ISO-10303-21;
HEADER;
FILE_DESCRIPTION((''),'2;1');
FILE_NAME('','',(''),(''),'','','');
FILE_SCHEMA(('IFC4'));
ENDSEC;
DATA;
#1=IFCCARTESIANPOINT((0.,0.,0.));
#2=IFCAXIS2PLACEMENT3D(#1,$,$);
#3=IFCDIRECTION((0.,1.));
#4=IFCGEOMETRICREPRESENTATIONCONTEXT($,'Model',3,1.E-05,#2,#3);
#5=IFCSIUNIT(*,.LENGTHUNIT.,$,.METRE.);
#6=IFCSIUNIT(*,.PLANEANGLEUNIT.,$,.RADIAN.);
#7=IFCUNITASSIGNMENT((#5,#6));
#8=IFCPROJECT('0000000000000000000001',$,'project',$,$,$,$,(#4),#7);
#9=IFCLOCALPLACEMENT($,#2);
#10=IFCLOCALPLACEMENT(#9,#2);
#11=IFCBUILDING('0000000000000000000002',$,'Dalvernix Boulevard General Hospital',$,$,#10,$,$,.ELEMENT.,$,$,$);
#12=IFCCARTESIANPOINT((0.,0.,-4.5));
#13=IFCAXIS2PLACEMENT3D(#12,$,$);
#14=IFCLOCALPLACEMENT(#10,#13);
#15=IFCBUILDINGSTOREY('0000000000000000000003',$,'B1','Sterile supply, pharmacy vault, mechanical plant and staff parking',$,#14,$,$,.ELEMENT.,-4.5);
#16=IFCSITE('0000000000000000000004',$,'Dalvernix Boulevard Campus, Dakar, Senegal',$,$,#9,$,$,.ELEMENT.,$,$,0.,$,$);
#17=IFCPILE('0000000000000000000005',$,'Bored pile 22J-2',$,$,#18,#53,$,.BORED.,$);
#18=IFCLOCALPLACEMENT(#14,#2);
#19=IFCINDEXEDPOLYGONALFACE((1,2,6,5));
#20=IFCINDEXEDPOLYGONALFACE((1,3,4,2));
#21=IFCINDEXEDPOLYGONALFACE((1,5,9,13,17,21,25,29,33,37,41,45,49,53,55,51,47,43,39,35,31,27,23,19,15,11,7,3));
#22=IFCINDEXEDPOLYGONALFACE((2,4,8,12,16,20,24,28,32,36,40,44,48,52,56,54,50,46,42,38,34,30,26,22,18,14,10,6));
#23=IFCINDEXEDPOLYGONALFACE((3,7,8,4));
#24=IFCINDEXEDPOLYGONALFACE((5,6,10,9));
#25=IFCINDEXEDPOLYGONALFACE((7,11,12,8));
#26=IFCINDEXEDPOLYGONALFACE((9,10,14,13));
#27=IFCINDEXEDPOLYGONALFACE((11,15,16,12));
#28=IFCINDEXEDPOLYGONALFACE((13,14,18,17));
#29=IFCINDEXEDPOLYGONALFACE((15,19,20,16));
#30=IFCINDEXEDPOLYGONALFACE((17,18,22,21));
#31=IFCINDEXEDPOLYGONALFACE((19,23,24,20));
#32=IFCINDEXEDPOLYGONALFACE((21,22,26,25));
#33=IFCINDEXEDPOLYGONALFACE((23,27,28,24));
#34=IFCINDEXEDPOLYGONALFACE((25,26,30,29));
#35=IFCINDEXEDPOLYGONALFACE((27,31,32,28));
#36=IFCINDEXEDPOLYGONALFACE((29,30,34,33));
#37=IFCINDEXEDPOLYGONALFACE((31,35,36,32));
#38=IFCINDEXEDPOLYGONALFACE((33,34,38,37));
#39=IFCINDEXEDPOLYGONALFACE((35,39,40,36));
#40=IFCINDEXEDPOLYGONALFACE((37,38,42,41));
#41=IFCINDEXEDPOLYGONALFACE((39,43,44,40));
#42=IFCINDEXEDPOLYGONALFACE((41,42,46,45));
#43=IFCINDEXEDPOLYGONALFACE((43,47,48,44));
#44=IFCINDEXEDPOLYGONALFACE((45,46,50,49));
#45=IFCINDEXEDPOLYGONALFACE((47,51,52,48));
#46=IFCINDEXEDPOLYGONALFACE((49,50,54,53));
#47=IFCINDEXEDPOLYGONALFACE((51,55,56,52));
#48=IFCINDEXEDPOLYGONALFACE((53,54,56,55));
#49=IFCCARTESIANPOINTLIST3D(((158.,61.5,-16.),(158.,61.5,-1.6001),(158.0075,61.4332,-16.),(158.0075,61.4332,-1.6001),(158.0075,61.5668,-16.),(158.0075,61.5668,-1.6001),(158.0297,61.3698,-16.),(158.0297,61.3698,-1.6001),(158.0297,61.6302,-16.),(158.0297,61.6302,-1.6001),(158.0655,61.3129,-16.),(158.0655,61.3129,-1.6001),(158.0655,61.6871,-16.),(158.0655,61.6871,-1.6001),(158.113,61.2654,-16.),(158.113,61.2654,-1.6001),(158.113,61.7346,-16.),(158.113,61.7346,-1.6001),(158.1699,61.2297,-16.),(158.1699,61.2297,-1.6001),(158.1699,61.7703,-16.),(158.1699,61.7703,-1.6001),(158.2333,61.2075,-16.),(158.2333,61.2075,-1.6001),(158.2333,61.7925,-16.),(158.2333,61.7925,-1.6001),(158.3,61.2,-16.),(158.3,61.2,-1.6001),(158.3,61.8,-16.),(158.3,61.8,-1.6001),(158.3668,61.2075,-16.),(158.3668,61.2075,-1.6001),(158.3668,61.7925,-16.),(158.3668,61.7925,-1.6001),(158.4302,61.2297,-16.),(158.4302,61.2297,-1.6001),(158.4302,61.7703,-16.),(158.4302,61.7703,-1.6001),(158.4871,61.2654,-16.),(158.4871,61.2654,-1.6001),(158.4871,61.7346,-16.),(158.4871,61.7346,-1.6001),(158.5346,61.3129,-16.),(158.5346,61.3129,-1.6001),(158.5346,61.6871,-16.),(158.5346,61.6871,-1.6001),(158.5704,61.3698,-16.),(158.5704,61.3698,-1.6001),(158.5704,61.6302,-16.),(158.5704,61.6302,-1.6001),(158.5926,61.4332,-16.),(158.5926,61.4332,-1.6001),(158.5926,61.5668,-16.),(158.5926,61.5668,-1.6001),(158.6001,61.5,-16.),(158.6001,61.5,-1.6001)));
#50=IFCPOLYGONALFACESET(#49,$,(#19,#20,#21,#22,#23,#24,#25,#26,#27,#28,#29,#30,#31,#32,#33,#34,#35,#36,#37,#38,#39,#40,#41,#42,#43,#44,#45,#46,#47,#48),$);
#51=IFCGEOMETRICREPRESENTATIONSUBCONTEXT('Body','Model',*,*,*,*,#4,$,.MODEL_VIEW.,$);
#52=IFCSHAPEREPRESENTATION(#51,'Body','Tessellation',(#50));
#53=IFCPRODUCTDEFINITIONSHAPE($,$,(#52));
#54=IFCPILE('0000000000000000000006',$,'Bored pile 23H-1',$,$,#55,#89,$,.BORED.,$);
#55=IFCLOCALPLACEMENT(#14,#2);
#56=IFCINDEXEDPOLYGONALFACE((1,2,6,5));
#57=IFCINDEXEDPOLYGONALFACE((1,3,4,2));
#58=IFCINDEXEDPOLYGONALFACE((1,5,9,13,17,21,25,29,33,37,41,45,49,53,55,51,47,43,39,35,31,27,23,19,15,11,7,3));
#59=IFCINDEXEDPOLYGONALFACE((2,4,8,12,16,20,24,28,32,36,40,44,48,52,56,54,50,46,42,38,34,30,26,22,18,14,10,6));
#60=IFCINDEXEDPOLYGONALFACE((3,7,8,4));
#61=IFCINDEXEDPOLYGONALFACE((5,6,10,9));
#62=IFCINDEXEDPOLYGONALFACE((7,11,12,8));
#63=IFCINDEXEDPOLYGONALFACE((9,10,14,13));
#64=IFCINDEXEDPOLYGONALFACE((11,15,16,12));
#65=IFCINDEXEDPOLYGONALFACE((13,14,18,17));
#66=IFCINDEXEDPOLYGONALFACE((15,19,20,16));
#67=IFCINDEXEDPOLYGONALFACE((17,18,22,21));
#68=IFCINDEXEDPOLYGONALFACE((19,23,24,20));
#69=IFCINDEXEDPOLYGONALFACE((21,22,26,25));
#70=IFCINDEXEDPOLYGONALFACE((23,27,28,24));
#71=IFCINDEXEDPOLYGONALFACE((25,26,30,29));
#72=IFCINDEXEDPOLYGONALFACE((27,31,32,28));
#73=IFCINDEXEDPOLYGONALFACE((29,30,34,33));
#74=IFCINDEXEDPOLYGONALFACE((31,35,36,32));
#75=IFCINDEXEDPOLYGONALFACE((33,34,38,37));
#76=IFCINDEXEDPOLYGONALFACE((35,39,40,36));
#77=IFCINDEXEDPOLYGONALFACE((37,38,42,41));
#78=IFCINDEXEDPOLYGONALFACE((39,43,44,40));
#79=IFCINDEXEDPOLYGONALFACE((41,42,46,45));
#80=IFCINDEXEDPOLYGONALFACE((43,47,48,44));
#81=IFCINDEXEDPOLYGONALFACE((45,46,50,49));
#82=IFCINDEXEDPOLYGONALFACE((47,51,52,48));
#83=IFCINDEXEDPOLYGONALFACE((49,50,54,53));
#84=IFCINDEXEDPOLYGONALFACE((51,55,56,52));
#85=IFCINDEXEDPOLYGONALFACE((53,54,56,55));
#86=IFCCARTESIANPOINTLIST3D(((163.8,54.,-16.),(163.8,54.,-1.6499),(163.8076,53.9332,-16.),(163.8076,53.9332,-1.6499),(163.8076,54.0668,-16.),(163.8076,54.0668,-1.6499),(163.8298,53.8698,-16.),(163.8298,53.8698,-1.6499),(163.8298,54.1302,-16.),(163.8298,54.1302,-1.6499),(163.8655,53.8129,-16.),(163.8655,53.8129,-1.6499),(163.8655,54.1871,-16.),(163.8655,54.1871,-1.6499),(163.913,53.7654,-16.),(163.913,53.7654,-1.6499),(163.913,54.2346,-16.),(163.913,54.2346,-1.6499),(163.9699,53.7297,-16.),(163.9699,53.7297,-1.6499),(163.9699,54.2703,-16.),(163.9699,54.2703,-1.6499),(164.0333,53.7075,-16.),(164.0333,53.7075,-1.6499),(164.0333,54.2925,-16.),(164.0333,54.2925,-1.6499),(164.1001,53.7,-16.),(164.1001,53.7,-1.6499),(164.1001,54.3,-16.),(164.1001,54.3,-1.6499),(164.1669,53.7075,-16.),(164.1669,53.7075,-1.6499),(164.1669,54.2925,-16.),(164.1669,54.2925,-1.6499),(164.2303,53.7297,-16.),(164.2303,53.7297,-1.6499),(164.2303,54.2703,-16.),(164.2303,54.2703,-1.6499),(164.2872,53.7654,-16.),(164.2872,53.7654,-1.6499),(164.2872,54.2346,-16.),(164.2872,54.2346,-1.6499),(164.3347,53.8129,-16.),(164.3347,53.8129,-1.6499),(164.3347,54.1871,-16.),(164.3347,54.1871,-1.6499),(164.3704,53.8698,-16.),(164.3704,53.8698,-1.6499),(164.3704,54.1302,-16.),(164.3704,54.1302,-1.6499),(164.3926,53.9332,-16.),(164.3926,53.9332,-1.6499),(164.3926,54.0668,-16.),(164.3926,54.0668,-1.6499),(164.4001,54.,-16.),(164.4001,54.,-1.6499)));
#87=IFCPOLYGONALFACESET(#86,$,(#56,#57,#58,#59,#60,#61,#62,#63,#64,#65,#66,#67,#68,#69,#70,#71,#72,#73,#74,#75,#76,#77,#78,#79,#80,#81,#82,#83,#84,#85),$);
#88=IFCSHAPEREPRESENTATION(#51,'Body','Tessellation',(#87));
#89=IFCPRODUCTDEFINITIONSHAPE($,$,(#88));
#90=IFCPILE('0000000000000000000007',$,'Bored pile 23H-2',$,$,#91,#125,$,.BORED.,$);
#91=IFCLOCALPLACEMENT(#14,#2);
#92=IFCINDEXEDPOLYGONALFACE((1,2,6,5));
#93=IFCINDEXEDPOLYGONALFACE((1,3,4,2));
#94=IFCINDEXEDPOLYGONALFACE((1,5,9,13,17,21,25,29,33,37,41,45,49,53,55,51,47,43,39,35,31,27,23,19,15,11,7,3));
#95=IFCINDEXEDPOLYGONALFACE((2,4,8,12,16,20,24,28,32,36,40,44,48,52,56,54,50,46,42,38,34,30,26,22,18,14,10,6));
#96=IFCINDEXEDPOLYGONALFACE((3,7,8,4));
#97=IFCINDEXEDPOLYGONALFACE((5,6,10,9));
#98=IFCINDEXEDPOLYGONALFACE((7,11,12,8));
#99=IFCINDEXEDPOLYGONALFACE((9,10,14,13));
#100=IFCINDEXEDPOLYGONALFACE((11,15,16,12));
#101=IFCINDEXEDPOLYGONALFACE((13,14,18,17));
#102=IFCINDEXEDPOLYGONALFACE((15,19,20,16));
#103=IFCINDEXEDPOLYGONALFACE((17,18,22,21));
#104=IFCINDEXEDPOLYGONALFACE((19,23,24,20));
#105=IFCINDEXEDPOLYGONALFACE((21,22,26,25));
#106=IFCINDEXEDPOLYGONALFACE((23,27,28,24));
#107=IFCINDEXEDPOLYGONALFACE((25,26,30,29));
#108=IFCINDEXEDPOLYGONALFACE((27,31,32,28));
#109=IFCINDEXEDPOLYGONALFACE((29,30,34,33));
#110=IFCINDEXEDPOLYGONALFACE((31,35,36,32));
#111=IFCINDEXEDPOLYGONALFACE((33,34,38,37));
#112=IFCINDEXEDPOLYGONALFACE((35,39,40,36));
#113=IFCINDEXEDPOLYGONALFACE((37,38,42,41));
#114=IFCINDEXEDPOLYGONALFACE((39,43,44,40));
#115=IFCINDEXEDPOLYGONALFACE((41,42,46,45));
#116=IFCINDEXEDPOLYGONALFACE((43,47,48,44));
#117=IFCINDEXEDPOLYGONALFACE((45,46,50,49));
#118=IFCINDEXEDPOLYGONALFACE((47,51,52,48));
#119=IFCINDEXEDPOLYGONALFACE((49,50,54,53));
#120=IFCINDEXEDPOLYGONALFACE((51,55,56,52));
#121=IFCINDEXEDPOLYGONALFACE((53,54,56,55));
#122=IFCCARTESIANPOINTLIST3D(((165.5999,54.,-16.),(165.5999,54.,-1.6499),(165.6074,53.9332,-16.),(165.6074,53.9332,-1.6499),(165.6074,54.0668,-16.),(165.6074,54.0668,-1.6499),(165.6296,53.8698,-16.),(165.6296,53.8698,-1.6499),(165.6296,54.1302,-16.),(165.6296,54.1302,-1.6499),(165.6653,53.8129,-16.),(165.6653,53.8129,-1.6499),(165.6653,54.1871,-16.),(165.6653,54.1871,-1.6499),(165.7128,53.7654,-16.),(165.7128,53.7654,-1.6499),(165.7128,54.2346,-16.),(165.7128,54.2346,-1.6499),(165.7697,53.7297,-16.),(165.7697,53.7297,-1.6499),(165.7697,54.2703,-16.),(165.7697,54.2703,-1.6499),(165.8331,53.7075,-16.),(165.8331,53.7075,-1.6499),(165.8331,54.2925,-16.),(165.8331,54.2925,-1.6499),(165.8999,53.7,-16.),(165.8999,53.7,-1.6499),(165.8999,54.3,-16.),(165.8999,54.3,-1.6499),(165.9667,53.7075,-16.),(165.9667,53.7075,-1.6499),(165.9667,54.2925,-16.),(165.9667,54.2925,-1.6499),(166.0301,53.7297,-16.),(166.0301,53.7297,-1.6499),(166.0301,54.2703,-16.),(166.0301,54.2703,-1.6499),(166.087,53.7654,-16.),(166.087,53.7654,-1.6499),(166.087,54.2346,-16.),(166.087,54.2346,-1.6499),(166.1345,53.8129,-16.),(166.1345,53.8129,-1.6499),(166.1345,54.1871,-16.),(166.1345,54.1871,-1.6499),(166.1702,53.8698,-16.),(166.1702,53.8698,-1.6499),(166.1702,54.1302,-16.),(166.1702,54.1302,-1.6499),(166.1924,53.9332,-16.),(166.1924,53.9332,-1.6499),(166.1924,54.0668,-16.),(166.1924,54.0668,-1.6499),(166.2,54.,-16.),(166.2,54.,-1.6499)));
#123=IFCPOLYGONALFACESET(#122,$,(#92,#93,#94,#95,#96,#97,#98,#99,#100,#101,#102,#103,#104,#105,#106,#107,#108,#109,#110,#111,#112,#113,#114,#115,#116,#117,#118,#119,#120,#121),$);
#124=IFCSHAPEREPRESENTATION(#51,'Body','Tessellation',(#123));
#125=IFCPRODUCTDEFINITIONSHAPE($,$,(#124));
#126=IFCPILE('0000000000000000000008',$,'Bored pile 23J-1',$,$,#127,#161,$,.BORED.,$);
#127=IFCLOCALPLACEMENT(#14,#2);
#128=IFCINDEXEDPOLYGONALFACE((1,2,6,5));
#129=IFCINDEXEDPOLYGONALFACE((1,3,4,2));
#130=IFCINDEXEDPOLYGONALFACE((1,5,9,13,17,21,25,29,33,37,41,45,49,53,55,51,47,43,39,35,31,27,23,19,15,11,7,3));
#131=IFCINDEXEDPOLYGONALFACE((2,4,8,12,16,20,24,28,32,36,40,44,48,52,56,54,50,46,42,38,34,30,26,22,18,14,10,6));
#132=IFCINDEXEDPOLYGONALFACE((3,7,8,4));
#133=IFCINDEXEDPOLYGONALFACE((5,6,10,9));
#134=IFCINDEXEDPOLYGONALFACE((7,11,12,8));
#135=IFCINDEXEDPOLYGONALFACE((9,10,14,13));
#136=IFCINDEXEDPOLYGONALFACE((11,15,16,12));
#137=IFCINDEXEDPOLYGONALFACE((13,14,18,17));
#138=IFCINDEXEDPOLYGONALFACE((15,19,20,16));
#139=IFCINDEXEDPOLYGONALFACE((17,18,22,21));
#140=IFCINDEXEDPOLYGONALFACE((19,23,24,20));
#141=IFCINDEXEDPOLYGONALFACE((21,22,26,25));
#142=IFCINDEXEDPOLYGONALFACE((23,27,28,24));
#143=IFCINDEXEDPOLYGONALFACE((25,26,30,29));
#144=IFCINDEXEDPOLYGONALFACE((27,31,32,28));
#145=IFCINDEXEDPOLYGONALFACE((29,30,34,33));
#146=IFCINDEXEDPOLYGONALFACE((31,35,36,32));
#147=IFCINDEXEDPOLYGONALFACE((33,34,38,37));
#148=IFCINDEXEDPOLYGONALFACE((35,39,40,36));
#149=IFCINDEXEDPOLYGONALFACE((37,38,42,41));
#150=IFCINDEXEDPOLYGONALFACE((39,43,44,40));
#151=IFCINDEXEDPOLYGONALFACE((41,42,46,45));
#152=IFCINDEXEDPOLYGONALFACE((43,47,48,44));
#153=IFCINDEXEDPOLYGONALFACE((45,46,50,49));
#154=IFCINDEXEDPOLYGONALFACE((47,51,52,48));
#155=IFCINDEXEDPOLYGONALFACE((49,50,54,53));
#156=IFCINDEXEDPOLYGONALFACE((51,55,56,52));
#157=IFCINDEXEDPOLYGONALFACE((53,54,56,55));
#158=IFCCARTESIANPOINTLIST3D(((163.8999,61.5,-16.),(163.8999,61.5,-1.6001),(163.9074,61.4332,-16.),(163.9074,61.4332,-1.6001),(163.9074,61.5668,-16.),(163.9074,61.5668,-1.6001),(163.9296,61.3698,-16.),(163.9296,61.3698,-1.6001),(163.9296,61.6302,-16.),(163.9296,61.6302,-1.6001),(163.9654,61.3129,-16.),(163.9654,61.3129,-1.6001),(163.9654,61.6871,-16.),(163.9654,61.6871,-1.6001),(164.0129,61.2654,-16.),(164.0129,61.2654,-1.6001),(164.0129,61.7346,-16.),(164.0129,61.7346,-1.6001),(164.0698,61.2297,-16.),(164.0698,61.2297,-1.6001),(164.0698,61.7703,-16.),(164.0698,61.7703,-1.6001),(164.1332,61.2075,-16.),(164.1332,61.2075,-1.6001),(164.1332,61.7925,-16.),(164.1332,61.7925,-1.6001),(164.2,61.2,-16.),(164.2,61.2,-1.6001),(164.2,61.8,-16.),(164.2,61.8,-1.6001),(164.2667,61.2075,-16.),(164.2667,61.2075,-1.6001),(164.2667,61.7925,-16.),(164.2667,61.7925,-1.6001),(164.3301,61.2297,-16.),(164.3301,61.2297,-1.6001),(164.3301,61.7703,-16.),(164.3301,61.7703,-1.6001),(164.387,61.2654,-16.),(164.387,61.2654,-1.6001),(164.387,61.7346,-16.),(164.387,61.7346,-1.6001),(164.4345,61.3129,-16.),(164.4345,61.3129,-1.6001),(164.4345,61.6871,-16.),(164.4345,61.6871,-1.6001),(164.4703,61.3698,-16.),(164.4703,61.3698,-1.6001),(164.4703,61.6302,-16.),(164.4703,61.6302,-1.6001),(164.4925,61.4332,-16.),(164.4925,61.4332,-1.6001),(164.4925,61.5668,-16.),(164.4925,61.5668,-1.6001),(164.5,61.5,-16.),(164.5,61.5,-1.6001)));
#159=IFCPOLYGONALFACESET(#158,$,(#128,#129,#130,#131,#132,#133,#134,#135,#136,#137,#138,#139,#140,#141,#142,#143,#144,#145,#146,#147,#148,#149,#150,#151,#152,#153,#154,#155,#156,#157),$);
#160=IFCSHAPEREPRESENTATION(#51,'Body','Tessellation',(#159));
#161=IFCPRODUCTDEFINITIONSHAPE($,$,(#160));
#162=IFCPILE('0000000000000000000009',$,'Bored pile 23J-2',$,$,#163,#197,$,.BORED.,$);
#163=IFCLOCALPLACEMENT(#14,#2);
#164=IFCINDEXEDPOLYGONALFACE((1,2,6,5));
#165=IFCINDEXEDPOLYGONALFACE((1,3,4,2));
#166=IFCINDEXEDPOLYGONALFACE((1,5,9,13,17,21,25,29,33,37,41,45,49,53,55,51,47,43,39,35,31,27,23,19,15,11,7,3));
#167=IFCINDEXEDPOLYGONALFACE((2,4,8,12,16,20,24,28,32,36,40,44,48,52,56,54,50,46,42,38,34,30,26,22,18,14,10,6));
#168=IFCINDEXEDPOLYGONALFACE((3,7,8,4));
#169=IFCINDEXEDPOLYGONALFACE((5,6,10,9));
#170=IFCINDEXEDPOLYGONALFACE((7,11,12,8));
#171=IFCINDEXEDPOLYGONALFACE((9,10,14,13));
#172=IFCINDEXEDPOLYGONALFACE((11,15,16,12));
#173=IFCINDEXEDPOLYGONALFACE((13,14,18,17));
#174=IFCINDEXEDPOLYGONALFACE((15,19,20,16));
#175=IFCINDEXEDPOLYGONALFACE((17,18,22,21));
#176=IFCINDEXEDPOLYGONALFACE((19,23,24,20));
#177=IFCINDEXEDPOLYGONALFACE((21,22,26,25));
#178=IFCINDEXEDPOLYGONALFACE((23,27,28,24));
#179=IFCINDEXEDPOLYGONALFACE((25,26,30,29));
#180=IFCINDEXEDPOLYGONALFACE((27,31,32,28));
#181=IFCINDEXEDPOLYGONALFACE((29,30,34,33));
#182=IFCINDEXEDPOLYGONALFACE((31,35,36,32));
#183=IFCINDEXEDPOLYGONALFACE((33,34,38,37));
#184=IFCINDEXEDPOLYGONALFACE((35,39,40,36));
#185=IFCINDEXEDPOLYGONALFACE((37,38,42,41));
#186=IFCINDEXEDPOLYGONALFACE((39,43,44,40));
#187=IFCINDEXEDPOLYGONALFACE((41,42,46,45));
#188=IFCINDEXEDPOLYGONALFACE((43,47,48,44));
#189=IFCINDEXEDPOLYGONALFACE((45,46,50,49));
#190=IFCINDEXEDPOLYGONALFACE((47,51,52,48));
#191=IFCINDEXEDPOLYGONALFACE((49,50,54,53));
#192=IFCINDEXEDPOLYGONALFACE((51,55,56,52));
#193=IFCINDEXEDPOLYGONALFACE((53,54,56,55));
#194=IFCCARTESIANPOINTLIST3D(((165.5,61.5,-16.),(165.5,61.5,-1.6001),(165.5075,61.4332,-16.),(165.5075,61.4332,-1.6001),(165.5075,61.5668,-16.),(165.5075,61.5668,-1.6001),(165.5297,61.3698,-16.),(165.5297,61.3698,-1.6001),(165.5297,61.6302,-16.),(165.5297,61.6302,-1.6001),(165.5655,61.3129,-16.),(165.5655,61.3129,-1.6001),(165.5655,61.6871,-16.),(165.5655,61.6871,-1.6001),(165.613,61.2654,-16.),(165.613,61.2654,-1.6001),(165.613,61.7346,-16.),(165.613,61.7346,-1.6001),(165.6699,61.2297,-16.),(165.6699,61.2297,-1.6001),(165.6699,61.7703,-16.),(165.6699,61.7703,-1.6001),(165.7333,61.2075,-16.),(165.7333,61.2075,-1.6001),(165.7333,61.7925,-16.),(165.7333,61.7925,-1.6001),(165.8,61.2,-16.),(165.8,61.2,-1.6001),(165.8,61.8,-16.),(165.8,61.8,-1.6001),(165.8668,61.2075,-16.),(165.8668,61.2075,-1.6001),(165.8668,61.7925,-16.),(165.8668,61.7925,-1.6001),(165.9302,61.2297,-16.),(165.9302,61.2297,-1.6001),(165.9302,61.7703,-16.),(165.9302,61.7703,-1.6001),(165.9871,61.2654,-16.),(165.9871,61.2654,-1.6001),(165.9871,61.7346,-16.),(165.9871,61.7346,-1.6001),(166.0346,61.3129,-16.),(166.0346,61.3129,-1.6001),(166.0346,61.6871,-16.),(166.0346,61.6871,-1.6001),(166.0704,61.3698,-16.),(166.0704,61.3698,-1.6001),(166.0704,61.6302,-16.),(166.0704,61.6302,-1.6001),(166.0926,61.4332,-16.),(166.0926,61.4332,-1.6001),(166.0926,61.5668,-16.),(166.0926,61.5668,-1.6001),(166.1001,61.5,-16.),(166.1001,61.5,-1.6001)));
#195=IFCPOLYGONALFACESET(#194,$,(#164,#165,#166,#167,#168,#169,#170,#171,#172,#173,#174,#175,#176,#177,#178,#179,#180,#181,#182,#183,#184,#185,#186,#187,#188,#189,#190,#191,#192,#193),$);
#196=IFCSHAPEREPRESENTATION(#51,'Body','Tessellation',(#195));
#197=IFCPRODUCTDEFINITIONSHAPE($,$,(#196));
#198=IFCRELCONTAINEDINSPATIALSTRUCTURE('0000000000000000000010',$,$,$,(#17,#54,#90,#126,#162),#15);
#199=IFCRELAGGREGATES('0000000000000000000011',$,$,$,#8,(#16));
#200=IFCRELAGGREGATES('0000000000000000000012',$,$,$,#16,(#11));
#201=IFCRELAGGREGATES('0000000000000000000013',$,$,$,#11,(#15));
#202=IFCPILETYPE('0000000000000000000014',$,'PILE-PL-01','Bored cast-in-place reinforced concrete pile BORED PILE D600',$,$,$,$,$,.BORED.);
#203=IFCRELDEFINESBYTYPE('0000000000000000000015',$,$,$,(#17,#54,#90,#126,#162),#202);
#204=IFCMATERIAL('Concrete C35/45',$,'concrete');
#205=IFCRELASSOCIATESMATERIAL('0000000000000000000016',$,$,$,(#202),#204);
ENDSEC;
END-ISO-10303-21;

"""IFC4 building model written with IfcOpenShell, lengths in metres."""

from ifc_helpers import new_model, si_unit, direction, frame, origin, origin_2d, place, context, subcontext, project, spatial, circle, extrude, material, material_profile, profile_set, type_object, element, save


model = new_model("IFC4")

# Units and contexts
model_context = context("Model", 3, precision=1e-05, world=origin(), true_north=direction((0.0, 1.0)))
body_context = subcontext(model_context, "Body", "Model", "MODEL_VIEW")
ifc_project = project(units=[si_unit("LENGTHUNIT", "METRE"), si_unit("PLANEANGLEUNIT", "RADIAN")], contexts=[model_context])

# Site, building, storey
site_placement = place(None, origin())
site = spatial("IfcSite", under=ifc_project, at=site_placement, Name="Dalvernix Boulevard Campus, Dakar, Senegal", CompositionType="ELEMENT", RefElevation=0.0)
building_placement = place(site_placement, origin())
building = spatial("IfcBuilding", under=site, at=building_placement, Name="Dalvernix Boulevard General Hospital", CompositionType="ELEMENT")
storey_placement = place(building_placement, frame((0.0, 0.0, -4.5)))
storey = spatial("IfcBuildingStorey", under=building, at=storey_placement, Name="B1", Description="Sterile supply, pharmacy vault, mechanical plant and staff parking", CompositionType="ELEMENT", Elevation=-4.5)

# Shared definitions
ifc_material_1 = material(Name="Concrete C35/45", Category="concrete")

# Piles
ifc_material_profile_1 = material_profile(ifc_material_1, circle(Radius=0.3, at=origin_2d()), Name="BORED PILE D600")
ifc_profile_set_1 = profile_set([ifc_material_profile_1], Name="Concrete C35/45")
pile_type = type_object("IfcPileType", Name="PILE-PL-01", Description="Bored cast-in-place reinforced concrete pile BORED PILE D600", PredefinedType="BORED", material=ifc_profile_set_1)
for number, where, z_axis, x_axis, name in (
    (1, (158.3, 61.5, -1.6001), (0.0, 0.0, -1.0), (1.0, 0.0, 0.0), "Bored pile 22J-2"),
):
    element("IfcPile", number, at=place(storey_placement, frame(where, z_axis=z_axis, x_axis=x_axis)), inside=storey, type_object=pile_type, Name=name, PredefinedType="BORED", context=body_context, shape_type="SweptSolid", body=[
        extrude(circle(Radius=0.3, at=origin_2d()), origin(), (0.0, 0.0, 1.0), 14.3999),
    ])
for number, where, z_axis, x_axis, name in (
    (2, (164.1001, 54.0, -1.6499), (0.0, 0.0, -1.0), (1.0, 0.0, 0.0), "Bored pile 23H-1"),
    (3, (165.8999, 54.0, -1.6499), (0.0, 0.0, -1.0), (1.0, 0.0, 0.0), "Bored pile 23H-2"),
):
    element("IfcPile", number, at=place(storey_placement, frame(where, z_axis=z_axis, x_axis=x_axis)), inside=storey, type_object=pile_type, Name=name, PredefinedType="BORED", context=body_context, shape_type="SweptSolid", body=[
        extrude(circle(Radius=0.3, at=origin_2d()), origin(), (0.0, 0.0, 1.0), 14.3501),
    ])
for number, where, z_axis, x_axis, name in (
    (4, (164.2, 61.5, -1.6001), (0.0, 0.0, -1.0), (1.0, 0.0, 0.0), "Bored pile 23J-1"),
    (5, (165.8, 61.5, -1.6001), (0.0, 0.0, -1.0), (1.0, 0.0, 0.0), "Bored pile 23J-2"),
):
    element("IfcPile", number, at=place(storey_placement, frame(where, z_axis=z_axis, x_axis=x_axis)), inside=storey, type_object=pile_type, Name=name, PredefinedType="BORED", context=body_context, shape_type="SweptSolid", body=[
        extrude(circle(Radius=0.3, at=origin_2d()), origin(), (0.0, 0.0, 1.0), 14.3999),
    ])

save(model, "model.ifc")
